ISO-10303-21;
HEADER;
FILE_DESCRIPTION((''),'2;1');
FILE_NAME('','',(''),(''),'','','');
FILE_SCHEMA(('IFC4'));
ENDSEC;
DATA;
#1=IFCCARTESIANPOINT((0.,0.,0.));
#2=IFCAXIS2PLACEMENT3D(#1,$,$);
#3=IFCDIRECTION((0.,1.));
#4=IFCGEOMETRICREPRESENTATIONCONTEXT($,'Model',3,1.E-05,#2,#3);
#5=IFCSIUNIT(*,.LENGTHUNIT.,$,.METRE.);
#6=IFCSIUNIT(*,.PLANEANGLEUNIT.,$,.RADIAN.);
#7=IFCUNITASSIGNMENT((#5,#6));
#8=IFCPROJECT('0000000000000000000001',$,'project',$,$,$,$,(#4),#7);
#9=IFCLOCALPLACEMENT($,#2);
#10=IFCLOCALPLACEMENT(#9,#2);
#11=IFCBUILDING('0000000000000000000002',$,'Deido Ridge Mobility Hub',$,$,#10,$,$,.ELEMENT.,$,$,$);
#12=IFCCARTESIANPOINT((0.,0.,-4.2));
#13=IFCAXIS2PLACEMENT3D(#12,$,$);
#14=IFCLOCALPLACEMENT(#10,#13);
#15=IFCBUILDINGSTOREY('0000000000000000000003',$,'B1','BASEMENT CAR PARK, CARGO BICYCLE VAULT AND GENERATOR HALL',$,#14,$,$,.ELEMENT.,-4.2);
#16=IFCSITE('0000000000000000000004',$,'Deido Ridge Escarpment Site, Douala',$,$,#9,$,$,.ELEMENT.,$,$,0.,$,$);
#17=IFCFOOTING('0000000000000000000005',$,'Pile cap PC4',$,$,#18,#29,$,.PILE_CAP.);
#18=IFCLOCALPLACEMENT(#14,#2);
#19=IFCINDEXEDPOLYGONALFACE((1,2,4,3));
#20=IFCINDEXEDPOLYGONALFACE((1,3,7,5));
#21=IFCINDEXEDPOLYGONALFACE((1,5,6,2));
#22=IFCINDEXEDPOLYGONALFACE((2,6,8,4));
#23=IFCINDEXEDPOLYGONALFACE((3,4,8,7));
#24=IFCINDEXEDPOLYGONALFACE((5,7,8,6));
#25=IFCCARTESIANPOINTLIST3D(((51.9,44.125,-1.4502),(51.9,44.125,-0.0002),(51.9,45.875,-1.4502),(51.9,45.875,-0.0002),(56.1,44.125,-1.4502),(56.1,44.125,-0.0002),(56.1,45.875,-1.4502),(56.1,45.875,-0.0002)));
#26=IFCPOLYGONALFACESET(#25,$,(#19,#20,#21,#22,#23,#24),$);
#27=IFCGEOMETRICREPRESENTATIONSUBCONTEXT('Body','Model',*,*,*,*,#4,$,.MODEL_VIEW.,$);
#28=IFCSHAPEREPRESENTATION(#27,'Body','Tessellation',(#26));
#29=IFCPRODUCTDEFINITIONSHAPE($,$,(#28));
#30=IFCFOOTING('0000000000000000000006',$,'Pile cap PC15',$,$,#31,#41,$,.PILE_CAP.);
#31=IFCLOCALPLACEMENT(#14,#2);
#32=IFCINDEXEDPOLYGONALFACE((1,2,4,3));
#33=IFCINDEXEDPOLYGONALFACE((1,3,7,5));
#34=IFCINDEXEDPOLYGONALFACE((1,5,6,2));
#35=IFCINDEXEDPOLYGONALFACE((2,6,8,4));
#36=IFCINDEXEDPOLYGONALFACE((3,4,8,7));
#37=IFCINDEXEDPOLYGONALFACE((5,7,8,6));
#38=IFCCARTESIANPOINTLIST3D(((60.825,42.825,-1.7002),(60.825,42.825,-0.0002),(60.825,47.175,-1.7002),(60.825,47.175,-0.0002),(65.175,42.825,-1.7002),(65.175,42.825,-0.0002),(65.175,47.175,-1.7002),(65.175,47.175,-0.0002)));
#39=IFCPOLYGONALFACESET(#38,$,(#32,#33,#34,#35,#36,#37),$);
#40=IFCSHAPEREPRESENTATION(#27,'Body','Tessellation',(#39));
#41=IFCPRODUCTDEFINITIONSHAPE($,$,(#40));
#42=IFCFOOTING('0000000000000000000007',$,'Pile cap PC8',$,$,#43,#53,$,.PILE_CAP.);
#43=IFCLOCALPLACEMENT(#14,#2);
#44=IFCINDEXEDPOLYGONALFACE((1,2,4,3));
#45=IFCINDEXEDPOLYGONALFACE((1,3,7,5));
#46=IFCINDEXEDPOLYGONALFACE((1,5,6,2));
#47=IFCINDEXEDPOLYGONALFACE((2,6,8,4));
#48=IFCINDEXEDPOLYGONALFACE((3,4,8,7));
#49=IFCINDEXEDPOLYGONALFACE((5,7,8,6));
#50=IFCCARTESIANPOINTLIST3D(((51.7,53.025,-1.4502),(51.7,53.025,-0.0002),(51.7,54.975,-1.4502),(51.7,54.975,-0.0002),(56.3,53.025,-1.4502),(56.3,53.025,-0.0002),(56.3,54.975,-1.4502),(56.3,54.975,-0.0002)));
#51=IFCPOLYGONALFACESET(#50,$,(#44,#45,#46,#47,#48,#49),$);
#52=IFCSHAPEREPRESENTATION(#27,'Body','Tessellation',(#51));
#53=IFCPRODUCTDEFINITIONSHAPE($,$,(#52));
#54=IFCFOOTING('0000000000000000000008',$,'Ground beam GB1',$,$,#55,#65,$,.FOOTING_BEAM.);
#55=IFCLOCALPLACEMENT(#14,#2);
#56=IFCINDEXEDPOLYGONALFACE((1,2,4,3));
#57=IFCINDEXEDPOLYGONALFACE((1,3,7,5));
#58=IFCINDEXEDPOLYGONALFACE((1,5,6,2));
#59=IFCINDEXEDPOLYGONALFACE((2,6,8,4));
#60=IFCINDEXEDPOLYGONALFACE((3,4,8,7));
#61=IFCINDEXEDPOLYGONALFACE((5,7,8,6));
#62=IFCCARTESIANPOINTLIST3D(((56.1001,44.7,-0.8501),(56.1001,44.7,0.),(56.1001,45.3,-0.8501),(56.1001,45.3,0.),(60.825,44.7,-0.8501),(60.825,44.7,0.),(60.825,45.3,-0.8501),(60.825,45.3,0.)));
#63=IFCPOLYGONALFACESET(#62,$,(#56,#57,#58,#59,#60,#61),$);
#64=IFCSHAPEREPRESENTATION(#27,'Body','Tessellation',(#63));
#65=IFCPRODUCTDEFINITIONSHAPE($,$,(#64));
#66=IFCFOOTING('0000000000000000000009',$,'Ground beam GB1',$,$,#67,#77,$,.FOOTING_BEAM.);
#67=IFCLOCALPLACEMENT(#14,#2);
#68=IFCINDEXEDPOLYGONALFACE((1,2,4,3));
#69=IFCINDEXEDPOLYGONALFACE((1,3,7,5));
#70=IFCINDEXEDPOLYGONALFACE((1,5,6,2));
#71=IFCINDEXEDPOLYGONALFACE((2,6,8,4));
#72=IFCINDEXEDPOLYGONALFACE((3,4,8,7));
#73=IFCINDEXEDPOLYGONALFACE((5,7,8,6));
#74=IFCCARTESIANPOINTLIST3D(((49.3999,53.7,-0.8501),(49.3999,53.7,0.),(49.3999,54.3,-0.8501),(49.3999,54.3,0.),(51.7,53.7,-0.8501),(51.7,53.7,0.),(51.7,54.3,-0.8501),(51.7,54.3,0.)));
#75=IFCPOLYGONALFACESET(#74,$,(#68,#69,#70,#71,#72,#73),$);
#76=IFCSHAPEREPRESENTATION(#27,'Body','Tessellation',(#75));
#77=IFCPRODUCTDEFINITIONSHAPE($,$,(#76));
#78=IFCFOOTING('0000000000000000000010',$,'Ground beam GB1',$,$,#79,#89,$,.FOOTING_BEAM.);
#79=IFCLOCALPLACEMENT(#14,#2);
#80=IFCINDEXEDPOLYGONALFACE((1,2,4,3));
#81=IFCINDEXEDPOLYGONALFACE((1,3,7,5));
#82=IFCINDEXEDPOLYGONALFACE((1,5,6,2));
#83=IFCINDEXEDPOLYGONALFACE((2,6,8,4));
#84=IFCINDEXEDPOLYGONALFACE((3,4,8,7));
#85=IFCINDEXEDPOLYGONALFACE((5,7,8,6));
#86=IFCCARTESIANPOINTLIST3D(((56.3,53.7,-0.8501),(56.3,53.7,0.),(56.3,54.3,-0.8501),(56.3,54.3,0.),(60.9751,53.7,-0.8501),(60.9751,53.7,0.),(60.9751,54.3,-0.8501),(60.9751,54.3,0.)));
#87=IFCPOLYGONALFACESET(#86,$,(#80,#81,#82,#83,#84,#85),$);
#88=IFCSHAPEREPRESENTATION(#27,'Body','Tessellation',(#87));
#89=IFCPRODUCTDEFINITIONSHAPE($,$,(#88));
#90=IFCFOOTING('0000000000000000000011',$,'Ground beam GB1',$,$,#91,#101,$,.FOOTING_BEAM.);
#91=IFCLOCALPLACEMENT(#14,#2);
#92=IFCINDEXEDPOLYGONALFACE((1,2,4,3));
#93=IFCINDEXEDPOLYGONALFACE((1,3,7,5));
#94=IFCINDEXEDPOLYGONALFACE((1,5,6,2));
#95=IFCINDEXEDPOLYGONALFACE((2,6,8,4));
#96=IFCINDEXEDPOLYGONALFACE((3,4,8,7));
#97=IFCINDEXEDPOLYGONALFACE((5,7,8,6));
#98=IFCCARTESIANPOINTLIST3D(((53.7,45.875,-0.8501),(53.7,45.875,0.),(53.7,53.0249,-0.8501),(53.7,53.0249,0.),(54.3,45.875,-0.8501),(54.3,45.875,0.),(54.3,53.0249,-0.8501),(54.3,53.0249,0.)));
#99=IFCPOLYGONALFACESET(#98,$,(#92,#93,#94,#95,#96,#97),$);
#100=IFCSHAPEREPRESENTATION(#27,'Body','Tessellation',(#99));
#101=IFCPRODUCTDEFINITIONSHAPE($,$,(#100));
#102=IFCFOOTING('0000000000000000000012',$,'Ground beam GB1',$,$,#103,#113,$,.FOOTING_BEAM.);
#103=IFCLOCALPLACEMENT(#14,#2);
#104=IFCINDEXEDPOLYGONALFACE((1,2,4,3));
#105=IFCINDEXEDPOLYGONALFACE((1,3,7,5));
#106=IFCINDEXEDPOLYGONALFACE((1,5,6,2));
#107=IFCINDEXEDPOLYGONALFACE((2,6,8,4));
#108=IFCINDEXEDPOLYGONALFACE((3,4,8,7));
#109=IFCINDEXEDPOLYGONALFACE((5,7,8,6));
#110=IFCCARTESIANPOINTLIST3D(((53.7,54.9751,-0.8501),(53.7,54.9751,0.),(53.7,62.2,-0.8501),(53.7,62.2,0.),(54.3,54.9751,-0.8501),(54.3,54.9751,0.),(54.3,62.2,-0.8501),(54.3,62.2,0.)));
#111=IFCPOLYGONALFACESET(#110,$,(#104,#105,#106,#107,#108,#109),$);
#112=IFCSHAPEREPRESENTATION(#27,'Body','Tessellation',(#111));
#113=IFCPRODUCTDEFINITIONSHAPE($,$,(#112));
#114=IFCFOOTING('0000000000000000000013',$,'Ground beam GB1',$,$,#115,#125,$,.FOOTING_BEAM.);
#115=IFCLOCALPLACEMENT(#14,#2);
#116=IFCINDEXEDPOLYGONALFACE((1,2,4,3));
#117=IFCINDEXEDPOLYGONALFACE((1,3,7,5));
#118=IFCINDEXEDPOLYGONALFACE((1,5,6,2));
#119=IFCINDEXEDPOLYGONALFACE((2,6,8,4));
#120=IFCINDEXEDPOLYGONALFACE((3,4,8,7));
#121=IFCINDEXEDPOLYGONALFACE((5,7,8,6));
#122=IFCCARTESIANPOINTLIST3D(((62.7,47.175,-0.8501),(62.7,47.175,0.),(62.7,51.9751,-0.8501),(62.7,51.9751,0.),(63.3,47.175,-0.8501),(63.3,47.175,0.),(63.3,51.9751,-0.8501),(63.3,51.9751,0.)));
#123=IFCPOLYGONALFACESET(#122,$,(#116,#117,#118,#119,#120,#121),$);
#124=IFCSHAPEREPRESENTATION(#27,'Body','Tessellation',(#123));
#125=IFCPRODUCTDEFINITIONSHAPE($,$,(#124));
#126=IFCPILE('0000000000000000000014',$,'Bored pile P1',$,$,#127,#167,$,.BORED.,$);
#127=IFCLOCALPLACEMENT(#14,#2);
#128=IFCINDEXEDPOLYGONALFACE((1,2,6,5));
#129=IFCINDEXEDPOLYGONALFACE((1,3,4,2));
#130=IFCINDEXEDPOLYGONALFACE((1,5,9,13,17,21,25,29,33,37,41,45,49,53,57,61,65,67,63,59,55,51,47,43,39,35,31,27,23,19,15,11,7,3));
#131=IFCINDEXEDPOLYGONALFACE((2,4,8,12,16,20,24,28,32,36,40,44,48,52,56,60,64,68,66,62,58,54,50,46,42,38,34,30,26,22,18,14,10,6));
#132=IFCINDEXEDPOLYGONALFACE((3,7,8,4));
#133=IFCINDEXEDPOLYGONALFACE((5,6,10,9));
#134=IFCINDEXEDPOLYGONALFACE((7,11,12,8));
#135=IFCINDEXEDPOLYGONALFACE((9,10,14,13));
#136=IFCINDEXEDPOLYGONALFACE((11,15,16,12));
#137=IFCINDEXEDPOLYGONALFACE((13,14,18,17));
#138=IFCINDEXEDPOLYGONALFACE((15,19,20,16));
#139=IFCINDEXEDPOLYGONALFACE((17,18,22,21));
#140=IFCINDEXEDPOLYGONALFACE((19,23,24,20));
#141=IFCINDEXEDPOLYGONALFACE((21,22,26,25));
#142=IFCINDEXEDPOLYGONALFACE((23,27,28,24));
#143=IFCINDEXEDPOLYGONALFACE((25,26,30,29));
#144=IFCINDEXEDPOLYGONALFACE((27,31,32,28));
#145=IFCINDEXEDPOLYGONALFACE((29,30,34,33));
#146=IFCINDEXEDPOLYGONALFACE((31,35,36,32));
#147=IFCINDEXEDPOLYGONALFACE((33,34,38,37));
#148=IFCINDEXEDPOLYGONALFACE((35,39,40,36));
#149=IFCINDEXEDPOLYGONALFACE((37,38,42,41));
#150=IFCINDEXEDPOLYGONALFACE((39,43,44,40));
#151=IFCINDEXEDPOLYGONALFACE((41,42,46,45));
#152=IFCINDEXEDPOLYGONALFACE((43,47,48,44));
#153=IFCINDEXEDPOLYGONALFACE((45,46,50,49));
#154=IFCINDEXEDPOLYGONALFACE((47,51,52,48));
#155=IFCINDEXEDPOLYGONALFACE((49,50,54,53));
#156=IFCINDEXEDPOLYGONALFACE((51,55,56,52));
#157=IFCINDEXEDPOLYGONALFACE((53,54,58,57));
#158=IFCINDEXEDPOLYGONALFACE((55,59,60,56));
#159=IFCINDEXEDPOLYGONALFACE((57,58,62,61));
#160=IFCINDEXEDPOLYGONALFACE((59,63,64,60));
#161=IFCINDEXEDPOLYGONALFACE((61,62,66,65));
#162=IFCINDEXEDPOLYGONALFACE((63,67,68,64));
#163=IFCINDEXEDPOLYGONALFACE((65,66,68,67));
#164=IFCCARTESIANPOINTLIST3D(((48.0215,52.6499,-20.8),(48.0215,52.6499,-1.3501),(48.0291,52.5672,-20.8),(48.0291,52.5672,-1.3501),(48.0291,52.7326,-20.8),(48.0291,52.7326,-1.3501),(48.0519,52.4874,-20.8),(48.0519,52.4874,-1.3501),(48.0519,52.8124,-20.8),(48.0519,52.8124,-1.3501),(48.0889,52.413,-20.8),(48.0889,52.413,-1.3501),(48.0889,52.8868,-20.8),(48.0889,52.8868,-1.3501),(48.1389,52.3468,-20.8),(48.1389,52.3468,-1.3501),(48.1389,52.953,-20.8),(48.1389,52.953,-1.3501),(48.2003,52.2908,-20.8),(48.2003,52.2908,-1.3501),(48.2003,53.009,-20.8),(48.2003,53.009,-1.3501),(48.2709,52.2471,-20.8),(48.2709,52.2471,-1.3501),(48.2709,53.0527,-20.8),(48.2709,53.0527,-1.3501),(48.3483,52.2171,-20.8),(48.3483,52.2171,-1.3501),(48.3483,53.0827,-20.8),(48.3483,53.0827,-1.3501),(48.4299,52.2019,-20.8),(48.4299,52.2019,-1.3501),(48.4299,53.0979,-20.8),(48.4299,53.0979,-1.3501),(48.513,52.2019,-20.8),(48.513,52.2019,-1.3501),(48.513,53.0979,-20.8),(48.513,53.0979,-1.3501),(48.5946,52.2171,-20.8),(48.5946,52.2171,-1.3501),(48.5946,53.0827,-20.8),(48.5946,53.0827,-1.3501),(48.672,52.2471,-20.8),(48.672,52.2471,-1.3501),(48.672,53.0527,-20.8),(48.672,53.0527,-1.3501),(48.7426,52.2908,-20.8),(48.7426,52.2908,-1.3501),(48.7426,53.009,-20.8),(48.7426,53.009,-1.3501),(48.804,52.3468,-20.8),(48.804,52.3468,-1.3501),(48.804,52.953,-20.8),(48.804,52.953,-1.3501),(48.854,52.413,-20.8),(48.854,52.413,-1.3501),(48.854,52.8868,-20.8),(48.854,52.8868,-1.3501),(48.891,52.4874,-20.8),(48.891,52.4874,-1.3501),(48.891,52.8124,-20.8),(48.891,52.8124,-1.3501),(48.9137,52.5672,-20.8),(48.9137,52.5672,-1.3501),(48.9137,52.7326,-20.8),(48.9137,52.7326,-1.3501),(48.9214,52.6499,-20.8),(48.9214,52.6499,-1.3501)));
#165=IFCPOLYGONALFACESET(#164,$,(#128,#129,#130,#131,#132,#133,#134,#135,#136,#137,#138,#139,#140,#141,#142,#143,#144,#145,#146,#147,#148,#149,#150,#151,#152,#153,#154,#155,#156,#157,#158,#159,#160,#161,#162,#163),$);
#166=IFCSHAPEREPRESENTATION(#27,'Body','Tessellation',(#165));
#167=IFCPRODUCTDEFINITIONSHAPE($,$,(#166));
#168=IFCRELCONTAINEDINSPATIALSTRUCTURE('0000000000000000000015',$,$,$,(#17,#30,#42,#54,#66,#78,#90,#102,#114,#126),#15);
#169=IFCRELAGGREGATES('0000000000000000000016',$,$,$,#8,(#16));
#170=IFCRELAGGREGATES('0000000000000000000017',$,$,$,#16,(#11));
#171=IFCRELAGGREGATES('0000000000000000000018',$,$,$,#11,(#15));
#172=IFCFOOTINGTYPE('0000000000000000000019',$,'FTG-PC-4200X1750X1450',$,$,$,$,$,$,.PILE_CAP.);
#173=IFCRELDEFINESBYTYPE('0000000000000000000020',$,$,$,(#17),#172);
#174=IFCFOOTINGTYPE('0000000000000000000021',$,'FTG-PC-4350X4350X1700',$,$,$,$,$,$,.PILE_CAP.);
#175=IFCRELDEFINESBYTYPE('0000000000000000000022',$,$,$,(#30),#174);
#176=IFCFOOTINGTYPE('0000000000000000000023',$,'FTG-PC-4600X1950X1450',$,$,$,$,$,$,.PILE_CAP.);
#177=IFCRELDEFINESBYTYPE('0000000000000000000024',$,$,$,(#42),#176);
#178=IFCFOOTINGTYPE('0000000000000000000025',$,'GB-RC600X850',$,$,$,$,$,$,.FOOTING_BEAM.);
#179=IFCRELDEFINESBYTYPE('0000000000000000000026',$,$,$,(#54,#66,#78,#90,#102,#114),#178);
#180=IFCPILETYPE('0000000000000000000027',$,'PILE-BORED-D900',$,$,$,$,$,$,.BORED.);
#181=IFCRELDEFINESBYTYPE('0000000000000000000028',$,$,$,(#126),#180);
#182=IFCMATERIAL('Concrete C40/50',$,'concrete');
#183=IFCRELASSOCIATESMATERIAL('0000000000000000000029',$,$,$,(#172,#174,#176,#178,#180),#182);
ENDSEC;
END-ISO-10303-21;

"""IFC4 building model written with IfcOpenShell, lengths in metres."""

from ifc_helpers import new_model, si_unit, direction, frame, origin, origin_2d, place, context, subcontext, project, spatial, rectangle, circle, extrude, material, material_profile, profile_set, type_object, element, save


model = new_model("IFC4")

# Units and contexts
model_context = context("Model", 3, precision=1e-05, world=origin(), true_north=direction((0.0, 1.0)))
body_context = subcontext(model_context, "Body", "Model", "MODEL_VIEW")
ifc_project = project(units=[si_unit("LENGTHUNIT", "METRE"), si_unit("PLANEANGLEUNIT", "RADIAN")], contexts=[model_context])

# Site, building, storey
site_placement = place(None, origin())
site = spatial("IfcSite", under=ifc_project, at=site_placement, Name="Deido Ridge Escarpment Site, Douala", CompositionType="ELEMENT", RefElevation=0.0)
building_placement = place(site_placement, origin())
building = spatial("IfcBuilding", under=site, at=building_placement, Name="Deido Ridge Mobility Hub", CompositionType="ELEMENT")
storey_placement = place(building_placement, frame((0.0, 0.0, -4.2)))
storey = spatial("IfcBuildingStorey", under=building, at=storey_placement, Name="B1", Description="BASEMENT CAR PARK, CARGO BICYCLE VAULT AND GENERATOR HALL", CompositionType="ELEMENT", Elevation=-4.2)

# Footings
ifc_material_1 = material(Name="Concrete C40/50", Category="concrete")
footing_type_1 = type_object("IfcFootingType", Name="FTG-PC-4200X1750X1450", PredefinedType="PILE_CAP", material=ifc_material_1)
footing_1_placement = place(storey_placement, frame((54.0, 45.0, -1.4502), z_axis=(0.0, 0.0, 1.0), x_axis=(1.0, 0.0, 0.0)))
element("IfcFooting", 1, at=footing_1_placement, inside=storey, type_object=footing_type_1, Name="Pile cap PC4", PredefinedType="PILE_CAP", context=body_context, shape_type="SweptSolid", body=[
    extrude(rectangle(XDim=4.2, YDim=1.75, at=origin_2d()), origin(), (0.0, 0.0, 1.0), 1.45),
])
footing_type_2 = type_object("IfcFootingType", Name="FTG-PC-4350X4350X1700", PredefinedType="PILE_CAP", material=ifc_material_1)
footing_2_placement = place(storey_placement, frame((63.0, 45.0, -1.7002), z_axis=(0.0, 0.0, 1.0), x_axis=(1.0, 0.0, 0.0)))
element("IfcFooting", 2, at=footing_2_placement, inside=storey, type_object=footing_type_2, Name="Pile cap PC15", PredefinedType="PILE_CAP", context=body_context, shape_type="SweptSolid", body=[
    extrude(rectangle(XDim=4.3501, YDim=4.3501, at=origin_2d()), origin(), (0.0, 0.0, 1.0), 1.7),
])
footing_type_3 = type_object("IfcFootingType", Name="FTG-PC-4600X1950X1450", PredefinedType="PILE_CAP", material=ifc_material_1)
footing_3_placement = place(storey_placement, frame((54.0, 54.0, -1.4502), z_axis=(0.0, 0.0, 1.0), x_axis=(1.0, 0.0, 0.0)))
element("IfcFooting", 3, at=footing_3_placement, inside=storey, type_object=footing_type_3, Name="Pile cap PC8", PredefinedType="PILE_CAP", context=body_context, shape_type="SweptSolid", body=[
    extrude(rectangle(XDim=4.6001, YDim=1.95, at=origin_2d()), origin(), (0.0, 0.0, 1.0), 1.45),
])
ifc_material_profile_1 = material_profile(ifc_material_1, rectangle(XDim=0.6001, YDim=0.8501, at=origin_2d()), Name="RC GB 600x850")
ifc_profile_set_1 = profile_set([ifc_material_profile_1], Name="Concrete C40/50")
footing_type_4 = type_object("IfcFootingType", Name="GB-RC600X850", PredefinedType="FOOTING_BEAM", material=ifc_profile_set_1)
footing_4_placement = place(storey_placement, frame((56.1001, 45.0, -0.425), z_axis=(1.0, 0.0, 0.0), x_axis=(0.0, 1.0, 0.0)))
element("IfcFooting", 4, at=footing_4_placement, inside=storey, type_object=footing_type_4, Name="Ground beam GB1", PredefinedType="FOOTING_BEAM", context=body_context, shape_type="SweptSolid", body=[
    extrude(rectangle(XDim=0.6001, YDim=0.8501, at=origin_2d()), origin(), (0.0, 0.0, 1.0), 4.7249),
])
footing_5_placement = place(storey_placement, frame((49.3999, 54.0, -0.425), z_axis=(1.0, 0.0, 0.0), x_axis=(0.0, 1.0, 0.0)))
element("IfcFooting", 5, at=footing_5_placement, inside=storey, type_object=footing_type_4, Name="Ground beam GB1", PredefinedType="FOOTING_BEAM", context=body_context, shape_type="SweptSolid", body=[
    extrude(rectangle(XDim=0.6001, YDim=0.8501, at=origin_2d()), origin(), (0.0, 0.0, 1.0), 2.3),
])
footing_6_placement = place(storey_placement, frame((56.3, 54.0, -0.425), z_axis=(1.0, 0.0, 0.0), x_axis=(0.0, 1.0, 0.0)))
element("IfcFooting", 6, at=footing_6_placement, inside=storey, type_object=footing_type_4, Name="Ground beam GB1", PredefinedType="FOOTING_BEAM", context=body_context, shape_type="SweptSolid", body=[
    extrude(rectangle(XDim=0.6001, YDim=0.8501, at=origin_2d()), origin(), (0.0, 0.0, 1.0), 4.675),
])
footing_7_placement = place(storey_placement, frame((54.0, 45.875, -0.425), z_axis=(0.0, 1.0, 0.0), x_axis=(-1.0, 0.0, 0.0)))
element("IfcFooting", 7, at=footing_7_placement, inside=storey, type_object=footing_type_4, Name="Ground beam GB1", PredefinedType="FOOTING_BEAM", context=body_context, shape_type="SweptSolid", body=[
    extrude(rectangle(XDim=0.6001, YDim=0.8501, at=origin_2d()), origin(), (0.0, 0.0, 1.0), 7.1499),
])
footing_8_placement = place(storey_placement, frame((54.0, 54.9751, -0.425), z_axis=(0.0, 1.0, 0.0), x_axis=(-1.0, 0.0, 0.0)))
element("IfcFooting", 8, at=footing_8_placement, inside=storey, type_object=footing_type_4, Name="Ground beam GB1", PredefinedType="FOOTING_BEAM", context=body_context, shape_type="SweptSolid", body=[
    extrude(rectangle(XDim=0.6001, YDim=0.8501, at=origin_2d()), origin(), (0.0, 0.0, 1.0), 7.2249),
])
footing_9_placement = place(storey_placement, frame((63.0, 47.175, -0.425), z_axis=(0.0, 1.0, 0.0), x_axis=(-1.0, 0.0, 0.0)))
element("IfcFooting", 9, at=footing_9_placement, inside=storey, type_object=footing_type_4, Name="Ground beam GB1", PredefinedType="FOOTING_BEAM", context=body_context, shape_type="SweptSolid", body=[
    extrude(rectangle(XDim=0.6001, YDim=0.8501, at=origin_2d()), origin(), (0.0, 0.0, 1.0), 4.8),
])

# Pile
ifc_material_profile_2 = material_profile(ifc_material_1, circle(Radius=0.45, at=origin_2d()), Name="BORED PILE D900")
ifc_profile_set_2 = profile_set([ifc_material_profile_2], Name="Concrete C40/50")
pile_type = type_object("IfcPileType", Name="PILE-BORED-D900", PredefinedType="BORED", material=ifc_profile_set_2)
for number, where, z_axis, x_axis, name in (
    (10, (48.4714, 52.6499, -1.3501), (0.0, 0.0, -1.0), (1.0, 0.0, 0.0), "Bored pile P1"),
):
    element("IfcPile", number, at=place(storey_placement, frame(where, z_axis=z_axis, x_axis=x_axis)), inside=storey, type_object=pile_type, Name=name, PredefinedType="BORED", context=body_context, shape_type="SweptSolid", body=[
        extrude(circle(Radius=0.45, at=origin_2d()), origin(), (0.0, 0.0, 1.0), 19.45),
    ])

save(model, "model.ifc")
